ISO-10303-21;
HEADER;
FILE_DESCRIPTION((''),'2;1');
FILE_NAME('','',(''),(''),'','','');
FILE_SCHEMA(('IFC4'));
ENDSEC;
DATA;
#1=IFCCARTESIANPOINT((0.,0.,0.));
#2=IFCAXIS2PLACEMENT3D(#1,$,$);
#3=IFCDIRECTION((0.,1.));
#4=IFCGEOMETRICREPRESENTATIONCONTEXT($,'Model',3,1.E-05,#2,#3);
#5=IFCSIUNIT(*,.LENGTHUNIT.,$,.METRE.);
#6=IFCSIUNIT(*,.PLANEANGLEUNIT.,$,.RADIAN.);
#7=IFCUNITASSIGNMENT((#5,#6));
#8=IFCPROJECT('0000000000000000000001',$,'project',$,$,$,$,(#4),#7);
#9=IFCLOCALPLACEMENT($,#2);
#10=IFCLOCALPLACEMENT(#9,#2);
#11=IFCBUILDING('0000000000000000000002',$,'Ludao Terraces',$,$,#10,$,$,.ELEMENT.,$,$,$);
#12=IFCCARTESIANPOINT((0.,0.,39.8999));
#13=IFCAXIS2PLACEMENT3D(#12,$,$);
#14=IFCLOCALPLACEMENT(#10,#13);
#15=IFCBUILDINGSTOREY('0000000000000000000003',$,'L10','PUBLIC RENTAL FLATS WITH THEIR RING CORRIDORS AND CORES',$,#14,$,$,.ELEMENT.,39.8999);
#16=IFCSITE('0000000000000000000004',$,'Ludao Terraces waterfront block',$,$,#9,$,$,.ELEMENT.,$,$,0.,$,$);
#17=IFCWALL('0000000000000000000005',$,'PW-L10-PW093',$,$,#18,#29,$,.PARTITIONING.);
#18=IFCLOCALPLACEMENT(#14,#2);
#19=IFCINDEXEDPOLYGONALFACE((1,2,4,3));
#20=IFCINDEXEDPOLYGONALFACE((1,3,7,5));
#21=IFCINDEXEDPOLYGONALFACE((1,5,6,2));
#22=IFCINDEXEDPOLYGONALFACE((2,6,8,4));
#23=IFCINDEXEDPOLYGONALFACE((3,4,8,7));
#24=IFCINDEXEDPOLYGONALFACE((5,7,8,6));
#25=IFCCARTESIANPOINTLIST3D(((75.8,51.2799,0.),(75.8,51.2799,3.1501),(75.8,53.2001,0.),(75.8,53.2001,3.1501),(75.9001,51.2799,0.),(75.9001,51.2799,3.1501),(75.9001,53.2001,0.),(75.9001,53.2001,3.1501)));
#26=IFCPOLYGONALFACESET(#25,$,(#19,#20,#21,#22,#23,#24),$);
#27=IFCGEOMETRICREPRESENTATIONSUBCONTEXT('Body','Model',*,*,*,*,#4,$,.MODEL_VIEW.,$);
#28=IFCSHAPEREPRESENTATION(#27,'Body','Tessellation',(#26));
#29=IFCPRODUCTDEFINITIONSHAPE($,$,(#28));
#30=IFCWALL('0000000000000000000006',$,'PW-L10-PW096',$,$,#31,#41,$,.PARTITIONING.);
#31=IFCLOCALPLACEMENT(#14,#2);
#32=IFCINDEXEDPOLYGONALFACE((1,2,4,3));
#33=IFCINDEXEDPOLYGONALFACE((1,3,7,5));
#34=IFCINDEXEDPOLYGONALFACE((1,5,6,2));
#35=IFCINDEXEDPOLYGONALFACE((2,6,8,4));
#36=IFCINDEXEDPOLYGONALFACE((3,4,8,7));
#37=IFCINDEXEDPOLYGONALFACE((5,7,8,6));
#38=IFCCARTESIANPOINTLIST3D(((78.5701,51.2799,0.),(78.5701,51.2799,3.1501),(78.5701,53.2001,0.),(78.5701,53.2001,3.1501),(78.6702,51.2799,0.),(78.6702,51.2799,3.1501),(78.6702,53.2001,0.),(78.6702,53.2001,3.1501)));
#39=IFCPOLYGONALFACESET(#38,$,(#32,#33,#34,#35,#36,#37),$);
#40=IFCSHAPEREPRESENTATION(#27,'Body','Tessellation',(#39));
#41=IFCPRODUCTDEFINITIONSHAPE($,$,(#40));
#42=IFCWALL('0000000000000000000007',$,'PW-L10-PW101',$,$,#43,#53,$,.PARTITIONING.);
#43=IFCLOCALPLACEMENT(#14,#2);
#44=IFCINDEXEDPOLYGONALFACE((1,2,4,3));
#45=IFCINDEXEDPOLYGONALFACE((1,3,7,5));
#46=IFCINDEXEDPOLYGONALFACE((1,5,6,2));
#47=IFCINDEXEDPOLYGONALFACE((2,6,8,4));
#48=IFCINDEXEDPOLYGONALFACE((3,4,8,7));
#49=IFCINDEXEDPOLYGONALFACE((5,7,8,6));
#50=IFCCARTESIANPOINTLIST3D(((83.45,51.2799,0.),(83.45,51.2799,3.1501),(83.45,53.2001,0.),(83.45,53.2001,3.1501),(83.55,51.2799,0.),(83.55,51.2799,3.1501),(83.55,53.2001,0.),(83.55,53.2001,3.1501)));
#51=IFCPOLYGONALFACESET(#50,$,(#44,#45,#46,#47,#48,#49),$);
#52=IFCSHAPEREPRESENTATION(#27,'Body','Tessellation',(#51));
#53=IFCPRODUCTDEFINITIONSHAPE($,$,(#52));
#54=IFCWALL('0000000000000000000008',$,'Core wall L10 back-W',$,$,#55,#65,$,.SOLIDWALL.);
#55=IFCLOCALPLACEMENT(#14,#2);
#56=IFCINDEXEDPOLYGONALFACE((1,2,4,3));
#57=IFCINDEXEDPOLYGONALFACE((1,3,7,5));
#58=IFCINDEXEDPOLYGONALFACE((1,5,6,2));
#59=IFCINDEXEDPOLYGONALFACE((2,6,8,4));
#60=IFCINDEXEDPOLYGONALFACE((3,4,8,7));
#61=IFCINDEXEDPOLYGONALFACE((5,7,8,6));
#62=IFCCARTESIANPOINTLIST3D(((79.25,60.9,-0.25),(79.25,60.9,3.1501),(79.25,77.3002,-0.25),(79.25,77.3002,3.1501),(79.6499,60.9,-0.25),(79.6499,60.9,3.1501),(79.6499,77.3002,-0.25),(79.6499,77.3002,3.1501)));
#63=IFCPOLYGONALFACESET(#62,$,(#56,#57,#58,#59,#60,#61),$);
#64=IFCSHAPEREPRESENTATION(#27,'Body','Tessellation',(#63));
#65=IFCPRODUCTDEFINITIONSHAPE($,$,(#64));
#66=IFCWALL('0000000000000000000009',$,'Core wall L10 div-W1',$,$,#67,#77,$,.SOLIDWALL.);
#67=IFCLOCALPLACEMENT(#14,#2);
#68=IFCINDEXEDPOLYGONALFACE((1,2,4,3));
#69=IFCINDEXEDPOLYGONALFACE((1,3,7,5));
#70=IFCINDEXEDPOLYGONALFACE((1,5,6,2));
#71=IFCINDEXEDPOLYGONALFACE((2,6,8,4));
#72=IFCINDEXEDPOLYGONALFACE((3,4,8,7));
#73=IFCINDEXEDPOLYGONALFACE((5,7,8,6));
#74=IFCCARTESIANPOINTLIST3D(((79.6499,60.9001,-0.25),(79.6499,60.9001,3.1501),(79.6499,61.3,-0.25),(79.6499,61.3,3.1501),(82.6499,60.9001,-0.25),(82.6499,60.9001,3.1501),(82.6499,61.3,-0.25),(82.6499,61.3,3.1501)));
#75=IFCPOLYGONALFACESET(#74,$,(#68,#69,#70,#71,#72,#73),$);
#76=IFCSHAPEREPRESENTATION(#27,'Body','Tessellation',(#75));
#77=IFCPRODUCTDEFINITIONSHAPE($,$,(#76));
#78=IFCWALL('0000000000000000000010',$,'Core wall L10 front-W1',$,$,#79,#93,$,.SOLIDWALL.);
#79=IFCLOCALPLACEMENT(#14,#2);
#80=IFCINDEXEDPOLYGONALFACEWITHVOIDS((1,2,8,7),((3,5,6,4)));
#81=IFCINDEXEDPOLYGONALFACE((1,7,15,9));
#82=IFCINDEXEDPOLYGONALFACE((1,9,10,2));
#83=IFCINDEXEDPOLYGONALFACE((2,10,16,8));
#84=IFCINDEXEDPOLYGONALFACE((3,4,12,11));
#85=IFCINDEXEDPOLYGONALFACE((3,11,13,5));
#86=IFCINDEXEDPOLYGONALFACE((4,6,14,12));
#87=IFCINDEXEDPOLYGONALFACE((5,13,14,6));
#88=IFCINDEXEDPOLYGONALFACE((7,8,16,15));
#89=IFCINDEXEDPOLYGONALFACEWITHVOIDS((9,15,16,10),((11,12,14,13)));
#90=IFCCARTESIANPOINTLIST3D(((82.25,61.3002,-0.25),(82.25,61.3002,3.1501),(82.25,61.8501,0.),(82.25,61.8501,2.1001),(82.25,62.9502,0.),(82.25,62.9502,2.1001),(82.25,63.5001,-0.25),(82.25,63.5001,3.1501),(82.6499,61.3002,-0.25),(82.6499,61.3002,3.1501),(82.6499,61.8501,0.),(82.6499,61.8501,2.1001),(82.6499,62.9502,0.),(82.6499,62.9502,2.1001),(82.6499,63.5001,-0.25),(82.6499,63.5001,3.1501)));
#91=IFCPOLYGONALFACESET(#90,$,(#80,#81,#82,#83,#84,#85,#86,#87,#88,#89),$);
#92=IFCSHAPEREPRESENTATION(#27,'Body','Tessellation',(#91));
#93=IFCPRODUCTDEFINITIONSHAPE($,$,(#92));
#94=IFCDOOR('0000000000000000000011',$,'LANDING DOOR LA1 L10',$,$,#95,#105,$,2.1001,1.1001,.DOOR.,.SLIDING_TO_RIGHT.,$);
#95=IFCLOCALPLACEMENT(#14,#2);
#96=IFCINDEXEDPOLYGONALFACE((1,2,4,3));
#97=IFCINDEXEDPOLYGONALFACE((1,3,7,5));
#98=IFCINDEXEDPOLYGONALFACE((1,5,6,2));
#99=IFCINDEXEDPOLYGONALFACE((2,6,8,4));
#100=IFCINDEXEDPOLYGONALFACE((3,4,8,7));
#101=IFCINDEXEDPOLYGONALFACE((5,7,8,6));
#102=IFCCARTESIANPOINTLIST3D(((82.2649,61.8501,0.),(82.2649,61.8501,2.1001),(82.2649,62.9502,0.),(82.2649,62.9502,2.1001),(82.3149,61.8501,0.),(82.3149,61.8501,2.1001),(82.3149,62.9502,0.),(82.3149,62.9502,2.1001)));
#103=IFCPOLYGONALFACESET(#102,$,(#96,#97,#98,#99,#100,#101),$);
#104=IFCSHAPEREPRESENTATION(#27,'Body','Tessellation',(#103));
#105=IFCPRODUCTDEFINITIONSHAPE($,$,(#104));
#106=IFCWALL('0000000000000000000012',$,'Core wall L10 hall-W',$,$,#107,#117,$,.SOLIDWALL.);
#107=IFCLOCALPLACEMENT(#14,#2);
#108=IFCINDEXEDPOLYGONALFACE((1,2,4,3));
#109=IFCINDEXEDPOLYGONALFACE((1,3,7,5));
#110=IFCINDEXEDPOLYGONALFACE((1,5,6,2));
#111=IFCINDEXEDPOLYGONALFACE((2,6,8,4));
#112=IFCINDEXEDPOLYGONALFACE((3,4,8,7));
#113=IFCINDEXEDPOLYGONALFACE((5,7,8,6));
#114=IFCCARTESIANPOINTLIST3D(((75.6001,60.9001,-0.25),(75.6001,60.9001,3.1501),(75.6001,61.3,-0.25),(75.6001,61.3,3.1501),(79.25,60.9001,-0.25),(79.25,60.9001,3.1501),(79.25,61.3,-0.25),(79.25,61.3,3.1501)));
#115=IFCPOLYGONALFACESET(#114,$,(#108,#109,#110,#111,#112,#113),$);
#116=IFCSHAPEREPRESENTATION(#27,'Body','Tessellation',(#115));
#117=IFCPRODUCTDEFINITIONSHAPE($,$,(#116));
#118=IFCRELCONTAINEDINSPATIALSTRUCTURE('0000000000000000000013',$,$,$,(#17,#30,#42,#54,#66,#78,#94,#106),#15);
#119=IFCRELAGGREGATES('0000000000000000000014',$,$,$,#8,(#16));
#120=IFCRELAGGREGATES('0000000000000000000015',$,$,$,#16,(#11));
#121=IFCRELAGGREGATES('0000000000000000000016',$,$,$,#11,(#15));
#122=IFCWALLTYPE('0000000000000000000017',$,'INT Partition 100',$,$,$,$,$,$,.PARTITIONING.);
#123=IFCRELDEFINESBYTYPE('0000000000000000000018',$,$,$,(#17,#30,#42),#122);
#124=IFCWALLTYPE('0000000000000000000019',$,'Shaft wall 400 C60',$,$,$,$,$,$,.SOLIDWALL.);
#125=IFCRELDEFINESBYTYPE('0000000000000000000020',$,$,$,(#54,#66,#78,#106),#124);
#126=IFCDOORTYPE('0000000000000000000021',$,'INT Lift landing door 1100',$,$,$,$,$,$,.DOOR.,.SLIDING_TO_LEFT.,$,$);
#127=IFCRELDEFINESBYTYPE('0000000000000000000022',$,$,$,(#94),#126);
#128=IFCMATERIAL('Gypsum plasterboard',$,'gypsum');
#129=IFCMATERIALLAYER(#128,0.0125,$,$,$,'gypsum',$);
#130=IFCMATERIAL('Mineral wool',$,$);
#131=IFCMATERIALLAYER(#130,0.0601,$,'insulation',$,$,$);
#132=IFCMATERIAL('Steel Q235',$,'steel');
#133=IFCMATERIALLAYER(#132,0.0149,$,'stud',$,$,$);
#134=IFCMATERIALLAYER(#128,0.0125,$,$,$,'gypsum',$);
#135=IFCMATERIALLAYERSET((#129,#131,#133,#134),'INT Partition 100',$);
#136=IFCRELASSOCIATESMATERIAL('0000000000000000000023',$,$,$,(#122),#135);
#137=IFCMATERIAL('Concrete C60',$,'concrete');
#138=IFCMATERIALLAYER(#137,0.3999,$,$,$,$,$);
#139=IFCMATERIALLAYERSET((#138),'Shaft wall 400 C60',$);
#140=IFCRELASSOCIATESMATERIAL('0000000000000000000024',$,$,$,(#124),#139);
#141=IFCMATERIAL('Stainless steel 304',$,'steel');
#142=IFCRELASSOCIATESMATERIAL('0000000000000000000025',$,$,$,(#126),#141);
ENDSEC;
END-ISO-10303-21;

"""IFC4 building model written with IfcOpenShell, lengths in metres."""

from ifc_helpers import new_model, si_unit, direction, frame, frame_2d, origin, place, context, subcontext, project, spatial, rectangle, extrude, material, layer, layer_set, type_object, element, fill, save


model = new_model("IFC4")

# Units and contexts
model_context = context("Model", 3, precision=1e-05, world=origin(), true_north=direction((0.0, 1.0)))
body_context = subcontext(model_context, "Body", "Model", "MODEL_VIEW")
ifc_project = project(units=[si_unit("LENGTHUNIT", "METRE"), si_unit("PLANEANGLEUNIT", "RADIAN")], contexts=[model_context])

# Site, building, storey
site_placement = place(None, origin())
site = spatial("IfcSite", under=ifc_project, at=site_placement, Name="Ludao Terraces waterfront block", CompositionType="ELEMENT", RefElevation=0.0)
building_placement = place(site_placement, origin())
building = spatial("IfcBuilding", under=site, at=building_placement, Name="Ludao Terraces", CompositionType="ELEMENT")
storey_placement = place(building_placement, frame((0.0, 0.0, 39.8999)))
storey = spatial("IfcBuildingStorey", under=building, at=storey_placement, Name="L10", Description="PUBLIC RENTAL FLATS WITH THEIR RING CORRIDORS AND CORES", CompositionType="ELEMENT", Elevation=39.8999)

# Shared definitions
ifc_material_1 = material(Name="Steel Q235", Category="steel")

# Shared definitions
ifc_material_2 = material(Name="Mineral wool")

# Shared definitions
ifc_material_3 = material(Name="Gypsum plasterboard", Category="gypsum")
ifc_layer_1 = layer(ifc_material_3, 0.0125, Category="gypsum")
ifc_layer_2 = layer(ifc_material_2, 0.0601, Name="insulation")
ifc_layer_3 = layer(ifc_material_1, 0.0149, Name="stud")
ifc_layer_4 = layer(ifc_material_3, 0.0125, Category="gypsum")
ifc_layer_set_1 = layer_set([ifc_layer_1, ifc_layer_2, ifc_layer_3, ifc_layer_4], Name="INT Partition 100")
wall_type_1 = type_object("IfcWallType", Name="INT Partition 100", PredefinedType="PARTITIONING", material=ifc_layer_set_1)

# Walls
for number, where, z_axis, x_axis, name in (
    (1, (75.8501, 51.28, 0.0), (0.0, 0.0, 1.0), (0.0, 1.0, 0.0), "PW-L10-PW093"),
    (2, (78.6201, 51.28, 0.0), (0.0, 0.0, 1.0), (0.0, 1.0, 0.0), "PW-L10-PW096"),
    (3, (83.5, 51.28, 0.0), (0.0, 0.0, 1.0), (0.0, 1.0, 0.0), "PW-L10-PW101"),
):
    element("IfcWall", number, at=place(storey_placement, frame(where, z_axis=z_axis, x_axis=x_axis)), inside=storey, type_object=wall_type_1, Name=name, PredefinedType="PARTITIONING", context=body_context, shape_type="SweptSolid", body=[
        extrude(rectangle(XDim=1.9202, YDim=0.1001, at=frame_2d((0.96, 0.0))), origin(), (0.0, 0.0, 1.0), 3.1501),
    ])
ifc_material_4 = material(Name="Concrete C60", Category="concrete")
ifc_layer_5 = layer(ifc_material_4, 0.3999)
ifc_layer_set_2 = layer_set([ifc_layer_5], Name="Shaft wall 400 C60")
wall_type_2 = type_object("IfcWallType", Name="Shaft wall 400 C60", PredefinedType="SOLIDWALL", material=ifc_layer_set_2)
wall_1_placement = place(storey_placement, frame((79.45, 60.8999, -0.25), z_axis=(0.0, 0.0, 1.0), x_axis=(0.0, 1.0, 0.0)))
element("IfcWall", 4, at=wall_1_placement, inside=storey, type_object=wall_type_2, Name="Core wall L10 back-W", PredefinedType="SOLIDWALL", context=body_context, shape_type="SweptSolid", body=[
    extrude(rectangle(XDim=16.4001, YDim=0.3999, at=frame_2d((8.2002, 0.0))), origin(), (0.0, 0.0, 1.0), 3.4001),
])
wall_2_placement = place(storey_placement, frame((79.6499, 61.1001, -0.25), z_axis=(0.0, 0.0, 1.0), x_axis=(1.0, 0.0, 0.0)))
element("IfcWall", 5, at=wall_2_placement, inside=storey, type_object=wall_type_2, Name="Core wall L10 div-W1", PredefinedType="SOLIDWALL", context=body_context, shape_type="SweptSolid", body=[
    extrude(rectangle(XDim=3.0, YDim=0.3999, at=frame_2d((1.5, 0.0))), origin(), (0.0, 0.0, 1.0), 3.4001),
])

# Wall, opening, door
wall_3_placement = place(storey_placement, frame((82.45, 61.3, -0.25), z_axis=(0.0, 0.0, 1.0), x_axis=(0.0, 1.0, 0.0)))
wall_3 = element("IfcWall", 6, at=wall_3_placement, inside=storey, type_object=wall_type_2, Name="Core wall L10 front-W1", PredefinedType="SOLIDWALL", context=body_context, shape_type="SweptSolid", body=[
    extrude(rectangle(XDim=2.2, YDim=0.3999, at=frame_2d((1.1001, 0.0))), origin(), (0.0, 0.0, 1.0), 3.4001),
])
opening_1_placement = place(wall_3_placement, frame((0.55, 0.0, 0.25)))
opening_1 = element("IfcOpeningElement", 7, at=opening_1_placement, cuts=wall_3, PredefinedType="OPENING", context=body_context, shape_type="SweptSolid", body=[
    extrude(rectangle(XDim=1.1001, YDim=2.1001, at=frame_2d((0.55, 1.05))), frame((0.0, 0.21, 0.0), z_axis=(0.0, -1.0, 0.0), x_axis=(1.0, 0.0, 0.0)), (0.0, 0.0, 1.0), 0.4199),
])
ifc_material_5 = material(Name="Stainless steel 304", Category="steel")
door_type_1 = type_object("IfcDoorType", Name="INT Lift landing door 1100", OperationType="SLIDING_TO_LEFT", PredefinedType="DOOR", material=ifc_material_5)
door_1_placement = place(opening_1_placement, origin())
door_1 = element("IfcDoor", 8, at=door_1_placement, inside=storey, type_object=door_type_1, Name="LANDING DOOR LA1 L10", OperationType="SLIDING_TO_RIGHT", OverallHeight=2.1001, OverallWidth=1.1001, PredefinedType="DOOR", context=body_context, shape_type="SweptSolid", body=[
    extrude(rectangle(XDim=1.1001, YDim=2.1001, at=frame_2d((0.55, 1.05))), frame((0.0, 0.1851, 0.0), z_axis=(0.0, -1.0, 0.0), x_axis=(1.0, 0.0, 0.0)), (0.0, 0.0, 1.0), 0.05),
])
fill(opening_1, door_1)

# Wall
wall_4_placement = place(storey_placement, frame((75.6001, 61.1001, -0.25), z_axis=(0.0, 0.0, 1.0), x_axis=(1.0, 0.0, 0.0)))
element("IfcWall", 9, at=wall_4_placement, inside=storey, type_object=wall_type_2, Name="Core wall L10 hall-W", PredefinedType="SOLIDWALL", context=body_context, shape_type="SweptSolid", body=[
    extrude(rectangle(XDim=3.6499, YDim=0.3999, at=frame_2d((1.825, 0.0))), origin(), (0.0, 0.0, 1.0), 3.4001),
])

save(model, "model.ifc")
